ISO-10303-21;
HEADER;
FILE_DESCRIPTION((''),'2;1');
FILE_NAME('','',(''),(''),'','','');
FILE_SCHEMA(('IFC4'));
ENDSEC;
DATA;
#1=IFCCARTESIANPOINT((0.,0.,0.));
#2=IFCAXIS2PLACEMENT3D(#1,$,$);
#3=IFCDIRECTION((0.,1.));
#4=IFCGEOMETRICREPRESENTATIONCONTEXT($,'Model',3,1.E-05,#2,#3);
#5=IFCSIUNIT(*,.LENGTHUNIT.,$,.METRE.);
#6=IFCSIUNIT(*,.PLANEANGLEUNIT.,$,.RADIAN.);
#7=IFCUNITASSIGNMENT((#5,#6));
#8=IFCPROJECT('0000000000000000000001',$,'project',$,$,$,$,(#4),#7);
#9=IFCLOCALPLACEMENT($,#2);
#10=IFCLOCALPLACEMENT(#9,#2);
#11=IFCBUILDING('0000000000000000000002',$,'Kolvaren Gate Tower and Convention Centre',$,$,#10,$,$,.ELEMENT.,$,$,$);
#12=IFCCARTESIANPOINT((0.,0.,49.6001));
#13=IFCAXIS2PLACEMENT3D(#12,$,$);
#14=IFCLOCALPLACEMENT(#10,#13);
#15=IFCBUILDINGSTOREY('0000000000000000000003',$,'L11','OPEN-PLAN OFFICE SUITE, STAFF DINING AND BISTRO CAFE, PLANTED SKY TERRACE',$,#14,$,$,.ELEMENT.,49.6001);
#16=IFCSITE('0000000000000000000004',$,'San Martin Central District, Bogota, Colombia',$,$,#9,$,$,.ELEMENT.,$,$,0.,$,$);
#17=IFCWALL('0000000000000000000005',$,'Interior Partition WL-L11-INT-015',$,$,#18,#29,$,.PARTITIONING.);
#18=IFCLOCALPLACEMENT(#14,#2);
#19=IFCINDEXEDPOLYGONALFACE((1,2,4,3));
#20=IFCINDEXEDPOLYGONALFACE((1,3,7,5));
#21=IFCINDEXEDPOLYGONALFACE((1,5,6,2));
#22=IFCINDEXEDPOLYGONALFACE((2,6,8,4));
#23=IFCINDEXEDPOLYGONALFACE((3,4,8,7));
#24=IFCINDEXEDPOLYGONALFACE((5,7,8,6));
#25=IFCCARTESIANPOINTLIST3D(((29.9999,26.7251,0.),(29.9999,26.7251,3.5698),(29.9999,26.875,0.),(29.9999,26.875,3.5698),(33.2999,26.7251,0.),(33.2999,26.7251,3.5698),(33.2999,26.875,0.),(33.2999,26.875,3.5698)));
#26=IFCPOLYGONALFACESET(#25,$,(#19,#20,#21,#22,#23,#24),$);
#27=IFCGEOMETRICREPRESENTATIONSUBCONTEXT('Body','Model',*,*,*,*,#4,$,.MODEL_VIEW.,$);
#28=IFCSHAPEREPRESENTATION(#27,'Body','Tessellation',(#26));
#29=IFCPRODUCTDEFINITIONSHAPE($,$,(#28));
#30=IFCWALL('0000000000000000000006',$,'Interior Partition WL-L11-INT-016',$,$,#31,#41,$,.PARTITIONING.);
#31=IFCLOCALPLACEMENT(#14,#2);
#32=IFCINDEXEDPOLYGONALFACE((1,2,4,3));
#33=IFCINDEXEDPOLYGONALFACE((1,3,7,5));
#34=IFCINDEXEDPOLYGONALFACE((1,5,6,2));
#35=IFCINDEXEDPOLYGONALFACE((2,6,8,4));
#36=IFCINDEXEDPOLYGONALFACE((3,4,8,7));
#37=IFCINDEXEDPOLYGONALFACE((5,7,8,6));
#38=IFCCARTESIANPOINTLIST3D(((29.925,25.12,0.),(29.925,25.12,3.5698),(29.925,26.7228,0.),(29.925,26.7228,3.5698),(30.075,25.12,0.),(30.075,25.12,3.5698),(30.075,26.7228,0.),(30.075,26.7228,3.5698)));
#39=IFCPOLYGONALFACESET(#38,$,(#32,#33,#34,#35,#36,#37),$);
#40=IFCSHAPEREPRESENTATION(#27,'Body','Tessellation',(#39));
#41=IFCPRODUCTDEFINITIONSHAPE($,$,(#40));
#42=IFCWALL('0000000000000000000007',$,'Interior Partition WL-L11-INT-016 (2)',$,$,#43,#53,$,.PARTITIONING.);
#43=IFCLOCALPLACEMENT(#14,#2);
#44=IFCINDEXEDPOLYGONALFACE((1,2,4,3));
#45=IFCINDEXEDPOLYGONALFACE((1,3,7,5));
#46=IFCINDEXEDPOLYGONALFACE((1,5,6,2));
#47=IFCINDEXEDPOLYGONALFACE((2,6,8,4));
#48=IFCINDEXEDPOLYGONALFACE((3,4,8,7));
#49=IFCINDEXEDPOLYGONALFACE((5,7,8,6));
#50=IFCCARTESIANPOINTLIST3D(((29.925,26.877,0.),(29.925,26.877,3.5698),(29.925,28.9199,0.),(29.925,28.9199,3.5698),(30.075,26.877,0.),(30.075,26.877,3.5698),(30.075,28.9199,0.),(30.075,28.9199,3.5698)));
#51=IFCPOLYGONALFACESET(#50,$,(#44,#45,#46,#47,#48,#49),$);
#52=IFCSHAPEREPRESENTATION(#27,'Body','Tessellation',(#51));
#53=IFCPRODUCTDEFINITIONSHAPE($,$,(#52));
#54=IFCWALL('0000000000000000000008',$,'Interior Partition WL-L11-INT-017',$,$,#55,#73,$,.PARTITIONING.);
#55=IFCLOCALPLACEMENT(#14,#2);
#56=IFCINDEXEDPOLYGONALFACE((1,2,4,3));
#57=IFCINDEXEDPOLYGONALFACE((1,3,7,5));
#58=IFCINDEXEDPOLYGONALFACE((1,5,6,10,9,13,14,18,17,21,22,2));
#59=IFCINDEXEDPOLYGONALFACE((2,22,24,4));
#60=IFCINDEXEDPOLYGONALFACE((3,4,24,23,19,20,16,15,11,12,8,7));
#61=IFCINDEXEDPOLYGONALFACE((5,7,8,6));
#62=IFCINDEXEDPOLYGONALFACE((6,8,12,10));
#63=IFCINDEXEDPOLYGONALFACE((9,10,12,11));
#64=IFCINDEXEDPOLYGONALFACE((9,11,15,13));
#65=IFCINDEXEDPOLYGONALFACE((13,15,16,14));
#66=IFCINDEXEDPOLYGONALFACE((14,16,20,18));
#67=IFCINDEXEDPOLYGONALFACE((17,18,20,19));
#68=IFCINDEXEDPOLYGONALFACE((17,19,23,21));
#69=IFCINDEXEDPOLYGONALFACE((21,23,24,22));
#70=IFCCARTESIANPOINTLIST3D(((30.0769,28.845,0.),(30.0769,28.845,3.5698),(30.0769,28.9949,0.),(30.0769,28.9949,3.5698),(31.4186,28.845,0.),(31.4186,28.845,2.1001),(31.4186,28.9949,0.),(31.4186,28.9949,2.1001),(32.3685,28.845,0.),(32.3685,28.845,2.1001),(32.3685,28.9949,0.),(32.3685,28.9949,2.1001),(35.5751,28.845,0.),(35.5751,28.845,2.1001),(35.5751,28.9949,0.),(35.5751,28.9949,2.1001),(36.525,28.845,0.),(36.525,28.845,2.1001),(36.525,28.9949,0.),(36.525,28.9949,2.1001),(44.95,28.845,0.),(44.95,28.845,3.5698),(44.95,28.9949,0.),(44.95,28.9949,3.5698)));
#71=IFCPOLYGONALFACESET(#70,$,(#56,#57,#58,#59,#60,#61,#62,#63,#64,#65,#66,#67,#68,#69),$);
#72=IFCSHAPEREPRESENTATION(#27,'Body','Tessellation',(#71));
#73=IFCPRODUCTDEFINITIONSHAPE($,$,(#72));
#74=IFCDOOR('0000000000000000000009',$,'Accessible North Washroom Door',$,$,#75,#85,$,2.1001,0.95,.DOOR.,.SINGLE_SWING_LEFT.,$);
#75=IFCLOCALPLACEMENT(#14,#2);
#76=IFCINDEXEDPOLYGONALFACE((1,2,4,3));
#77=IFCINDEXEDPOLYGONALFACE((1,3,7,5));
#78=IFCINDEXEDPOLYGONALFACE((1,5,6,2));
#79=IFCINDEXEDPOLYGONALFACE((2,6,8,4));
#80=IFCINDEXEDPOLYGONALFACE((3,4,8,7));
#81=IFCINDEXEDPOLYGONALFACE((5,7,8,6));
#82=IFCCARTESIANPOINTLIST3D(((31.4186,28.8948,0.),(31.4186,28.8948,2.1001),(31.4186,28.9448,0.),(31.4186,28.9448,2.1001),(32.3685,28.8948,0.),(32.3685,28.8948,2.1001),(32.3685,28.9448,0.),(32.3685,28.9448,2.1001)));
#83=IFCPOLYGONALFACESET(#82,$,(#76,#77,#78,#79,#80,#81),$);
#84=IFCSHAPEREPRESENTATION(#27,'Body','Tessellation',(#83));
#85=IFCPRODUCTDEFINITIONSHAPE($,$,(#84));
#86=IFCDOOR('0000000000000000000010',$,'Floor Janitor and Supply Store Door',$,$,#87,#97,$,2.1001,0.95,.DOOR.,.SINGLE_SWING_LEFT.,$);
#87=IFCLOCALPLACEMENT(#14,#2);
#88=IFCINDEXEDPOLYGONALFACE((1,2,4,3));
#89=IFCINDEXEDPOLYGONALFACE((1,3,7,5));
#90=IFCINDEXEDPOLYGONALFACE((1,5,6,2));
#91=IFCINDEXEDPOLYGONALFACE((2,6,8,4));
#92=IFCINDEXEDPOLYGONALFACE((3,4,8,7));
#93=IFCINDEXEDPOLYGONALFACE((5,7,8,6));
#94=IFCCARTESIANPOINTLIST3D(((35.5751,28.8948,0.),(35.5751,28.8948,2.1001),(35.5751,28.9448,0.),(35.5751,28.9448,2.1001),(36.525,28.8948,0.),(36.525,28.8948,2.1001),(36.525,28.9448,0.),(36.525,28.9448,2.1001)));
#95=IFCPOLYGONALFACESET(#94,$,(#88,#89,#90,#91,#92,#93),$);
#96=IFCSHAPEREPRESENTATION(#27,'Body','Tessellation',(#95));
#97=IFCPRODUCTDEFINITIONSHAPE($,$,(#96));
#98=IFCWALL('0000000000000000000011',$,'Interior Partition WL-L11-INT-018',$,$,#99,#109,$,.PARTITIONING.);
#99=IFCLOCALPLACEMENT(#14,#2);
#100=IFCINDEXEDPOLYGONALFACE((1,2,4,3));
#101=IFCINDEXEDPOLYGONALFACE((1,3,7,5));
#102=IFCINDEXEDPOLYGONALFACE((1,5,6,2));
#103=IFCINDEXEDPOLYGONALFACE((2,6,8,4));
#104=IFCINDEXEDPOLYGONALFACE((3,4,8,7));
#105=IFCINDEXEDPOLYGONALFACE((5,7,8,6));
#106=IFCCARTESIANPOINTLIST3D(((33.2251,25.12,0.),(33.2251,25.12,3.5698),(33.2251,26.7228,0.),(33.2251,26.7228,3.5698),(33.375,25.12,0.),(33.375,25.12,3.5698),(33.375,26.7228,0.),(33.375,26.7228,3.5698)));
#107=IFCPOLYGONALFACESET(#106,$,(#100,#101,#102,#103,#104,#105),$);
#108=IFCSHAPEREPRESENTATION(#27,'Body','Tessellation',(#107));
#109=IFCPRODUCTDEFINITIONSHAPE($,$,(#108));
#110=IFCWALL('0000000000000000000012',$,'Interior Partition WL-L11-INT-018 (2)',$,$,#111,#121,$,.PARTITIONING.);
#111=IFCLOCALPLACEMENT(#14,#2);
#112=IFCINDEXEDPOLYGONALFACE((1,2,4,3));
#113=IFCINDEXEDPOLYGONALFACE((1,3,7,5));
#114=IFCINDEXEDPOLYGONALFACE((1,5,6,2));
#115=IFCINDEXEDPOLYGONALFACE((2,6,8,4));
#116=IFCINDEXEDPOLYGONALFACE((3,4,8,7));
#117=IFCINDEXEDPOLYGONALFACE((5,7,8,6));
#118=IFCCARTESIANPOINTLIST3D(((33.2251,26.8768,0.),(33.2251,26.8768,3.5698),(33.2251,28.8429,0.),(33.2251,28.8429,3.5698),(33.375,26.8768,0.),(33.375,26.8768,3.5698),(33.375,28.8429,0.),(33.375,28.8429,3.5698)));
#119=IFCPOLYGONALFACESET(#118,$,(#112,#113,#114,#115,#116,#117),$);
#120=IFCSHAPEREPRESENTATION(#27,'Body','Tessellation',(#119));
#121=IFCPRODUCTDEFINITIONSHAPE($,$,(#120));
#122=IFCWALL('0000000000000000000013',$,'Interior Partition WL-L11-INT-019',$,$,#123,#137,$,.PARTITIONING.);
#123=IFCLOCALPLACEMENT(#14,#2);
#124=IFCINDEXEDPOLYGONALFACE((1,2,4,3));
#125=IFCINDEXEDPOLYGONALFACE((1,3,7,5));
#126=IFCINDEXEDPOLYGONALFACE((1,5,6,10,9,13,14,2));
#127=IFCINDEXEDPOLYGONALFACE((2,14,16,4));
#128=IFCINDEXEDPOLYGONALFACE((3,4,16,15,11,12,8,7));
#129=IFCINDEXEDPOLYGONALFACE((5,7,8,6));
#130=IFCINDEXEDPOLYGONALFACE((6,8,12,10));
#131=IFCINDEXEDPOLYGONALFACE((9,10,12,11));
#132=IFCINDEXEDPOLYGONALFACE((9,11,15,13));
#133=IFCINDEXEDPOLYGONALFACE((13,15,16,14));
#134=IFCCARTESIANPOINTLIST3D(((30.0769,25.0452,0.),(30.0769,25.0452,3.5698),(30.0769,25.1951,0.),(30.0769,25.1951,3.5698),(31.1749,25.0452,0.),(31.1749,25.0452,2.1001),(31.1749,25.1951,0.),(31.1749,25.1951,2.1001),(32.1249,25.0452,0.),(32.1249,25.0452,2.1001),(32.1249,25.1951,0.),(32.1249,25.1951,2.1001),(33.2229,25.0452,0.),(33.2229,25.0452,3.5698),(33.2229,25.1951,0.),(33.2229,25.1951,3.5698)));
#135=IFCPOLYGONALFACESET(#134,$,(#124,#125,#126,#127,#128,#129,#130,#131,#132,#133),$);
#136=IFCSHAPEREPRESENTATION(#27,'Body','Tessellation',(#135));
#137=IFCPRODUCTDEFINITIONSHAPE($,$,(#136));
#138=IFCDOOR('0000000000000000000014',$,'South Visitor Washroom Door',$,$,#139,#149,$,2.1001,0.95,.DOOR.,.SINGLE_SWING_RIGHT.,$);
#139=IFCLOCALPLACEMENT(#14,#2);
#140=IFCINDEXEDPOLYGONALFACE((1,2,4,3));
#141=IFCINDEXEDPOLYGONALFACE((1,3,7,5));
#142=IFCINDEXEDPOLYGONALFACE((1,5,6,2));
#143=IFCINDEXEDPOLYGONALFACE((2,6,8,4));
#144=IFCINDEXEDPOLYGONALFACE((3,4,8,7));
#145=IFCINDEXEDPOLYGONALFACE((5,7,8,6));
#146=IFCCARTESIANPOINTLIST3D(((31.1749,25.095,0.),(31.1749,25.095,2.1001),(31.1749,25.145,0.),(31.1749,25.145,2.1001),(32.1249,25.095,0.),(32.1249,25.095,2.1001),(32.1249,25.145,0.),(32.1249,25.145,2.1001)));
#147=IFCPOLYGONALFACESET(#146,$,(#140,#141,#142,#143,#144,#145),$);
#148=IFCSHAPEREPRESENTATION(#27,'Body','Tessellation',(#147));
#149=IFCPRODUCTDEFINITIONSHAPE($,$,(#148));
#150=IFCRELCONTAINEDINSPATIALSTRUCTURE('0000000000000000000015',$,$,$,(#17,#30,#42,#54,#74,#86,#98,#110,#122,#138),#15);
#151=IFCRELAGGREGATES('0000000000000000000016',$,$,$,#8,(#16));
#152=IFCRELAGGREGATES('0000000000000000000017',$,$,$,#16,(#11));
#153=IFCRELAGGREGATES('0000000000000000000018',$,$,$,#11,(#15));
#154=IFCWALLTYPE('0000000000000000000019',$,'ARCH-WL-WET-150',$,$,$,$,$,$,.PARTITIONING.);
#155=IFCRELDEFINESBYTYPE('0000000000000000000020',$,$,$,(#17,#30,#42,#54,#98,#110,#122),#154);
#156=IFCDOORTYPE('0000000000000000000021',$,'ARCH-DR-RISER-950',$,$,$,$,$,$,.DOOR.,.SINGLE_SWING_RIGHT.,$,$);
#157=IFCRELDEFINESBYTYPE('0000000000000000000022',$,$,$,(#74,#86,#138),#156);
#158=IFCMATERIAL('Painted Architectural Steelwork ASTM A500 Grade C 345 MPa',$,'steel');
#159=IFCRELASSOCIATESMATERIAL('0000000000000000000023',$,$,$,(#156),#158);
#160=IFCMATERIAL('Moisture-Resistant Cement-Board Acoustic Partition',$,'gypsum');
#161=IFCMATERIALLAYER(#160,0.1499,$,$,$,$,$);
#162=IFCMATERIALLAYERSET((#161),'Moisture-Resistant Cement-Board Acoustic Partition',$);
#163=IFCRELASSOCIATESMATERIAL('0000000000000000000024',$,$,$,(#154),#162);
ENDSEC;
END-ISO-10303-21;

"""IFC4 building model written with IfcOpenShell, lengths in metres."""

from ifc_helpers import new_model, si_unit, direction, frame, frame_2d, origin, place, context, subcontext, project, spatial, rectangle, extrude, material, layer, layer_set, type_object, element, fill, save


model = new_model("IFC4")

# Units and contexts
model_context = context("Model", 3, precision=1e-05, world=origin(), true_north=direction((0.0, 1.0)))
body_context = subcontext(model_context, "Body", "Model", "MODEL_VIEW")
ifc_project = project(units=[si_unit("LENGTHUNIT", "METRE"), si_unit("PLANEANGLEUNIT", "RADIAN")], contexts=[model_context])

# Site, building, storey
site_placement = place(None, origin())
site = spatial("IfcSite", under=ifc_project, at=site_placement, Name="San Martin Central District, Bogota, Colombia", CompositionType="ELEMENT", RefElevation=0.0)
building_placement = place(site_placement, origin())
building = spatial("IfcBuilding", under=site, at=building_placement, Name="Kolvaren Gate Tower and Convention Centre", CompositionType="ELEMENT")
storey_placement = place(building_placement, frame((0.0, 0.0, 49.6001)))
storey = spatial("IfcBuildingStorey", under=building, at=storey_placement, Name="L11", Description="OPEN-PLAN OFFICE SUITE, STAFF DINING AND BISTRO CAFE, PLANTED SKY TERRACE", CompositionType="ELEMENT", Elevation=49.6001)

# Shared definitions
ifc_material_1 = material(Name="Painted Architectural Steelwork ASTM A500 Grade C 345 MPa", Category="steel")
door_type_1 = type_object("IfcDoorType", Name="ARCH-DR-RISER-950", OperationType="SINGLE_SWING_RIGHT", PredefinedType="DOOR", material=ifc_material_1)

# Walls
ifc_material_2 = material(Name="Moisture-Resistant Cement-Board Acoustic Partition", Category="gypsum")
ifc_layer_1 = layer(ifc_material_2, 0.1499)
ifc_layer_set_1 = layer_set([ifc_layer_1], Name="Moisture-Resistant Cement-Board Acoustic Partition")
wall_type_1 = type_object("IfcWallType", Name="ARCH-WL-WET-150", PredefinedType="PARTITIONING", material=ifc_layer_set_1)
wall_1_placement = place(storey_placement, frame((30.0, 26.8, 0.0), z_axis=(0.0, 0.0, 1.0), x_axis=(1.0, 0.0, 0.0)))
element("IfcWall", 1, at=wall_1_placement, inside=storey, type_object=wall_type_1, Name="Interior Partition WL-L11-INT-015", PredefinedType="PARTITIONING", context=body_context, shape_type="SweptSolid", body=[
    extrude(rectangle(XDim=3.3, YDim=0.1499, at=frame_2d((1.6499, 0.0))), origin(), (0.0, 0.0, 1.0), 3.5698),
])
wall_2_placement = place(storey_placement, frame((30.0, 25.1201, 0.0), z_axis=(0.0, 0.0, 1.0), x_axis=(0.0, 1.0, 0.0)))
element("IfcWall", 2, at=wall_2_placement, inside=storey, type_object=wall_type_1, Name="Interior Partition WL-L11-INT-016", PredefinedType="PARTITIONING", context=body_context, shape_type="SweptSolid", body=[
    extrude(rectangle(XDim=1.6028, YDim=0.1499, at=frame_2d((0.8013, 0.0))), origin(), (0.0, 0.0, 1.0), 3.5698),
])
wall_3_placement = place(storey_placement, frame((30.0, 26.877, 0.0), z_axis=(0.0, 0.0, 1.0), x_axis=(0.0, 1.0, 0.0)))
element("IfcWall", 3, at=wall_3_placement, inside=storey, type_object=wall_type_1, Name="Interior Partition WL-L11-INT-016 (2)", PredefinedType="PARTITIONING", context=body_context, shape_type="SweptSolid", body=[
    extrude(rectangle(XDim=2.043, YDim=0.1499, at=frame_2d((1.0215, 0.0))), origin(), (0.0, 0.0, 1.0), 3.5698),
])

# Wall, openings, doors
wall_4_placement = place(storey_placement, frame((30.0769, 28.9199, 0.0), z_axis=(0.0, 0.0, 1.0), x_axis=(1.0, 0.0, 0.0)))
wall_4 = element("IfcWall", 4, at=wall_4_placement, inside=storey, type_object=wall_type_1, Name="Interior Partition WL-L11-INT-017", PredefinedType="PARTITIONING", context=body_context, shape_type="SweptSolid", body=[
    extrude(rectangle(XDim=14.873, YDim=0.1499, at=frame_2d((7.4365, 0.0))), origin(), (0.0, 0.0, 1.0), 3.5698),
])
opening_1_placement = place(wall_4_placement, frame((1.3416, 0.0, 0.0)))
opening_1 = element("IfcOpeningElement", 5, at=opening_1_placement, cuts=wall_4, PredefinedType="OPENING", context=body_context, shape_type="SweptSolid", body=[
    extrude(rectangle(XDim=0.95, YDim=2.1001, at=frame_2d((0.4751, 1.05))), frame((0.0, 0.085, 0.0), z_axis=(0.0, -1.0, 0.0), x_axis=(1.0, 0.0, 0.0)), (0.0, 0.0, 1.0), 0.1699),
])
opening_2_placement = place(wall_4_placement, frame((5.498, 0.0, 0.0)))
opening_2 = element("IfcOpeningElement", 6, at=opening_2_placement, cuts=wall_4, PredefinedType="OPENING", context=body_context, shape_type="SweptSolid", body=[
    extrude(rectangle(XDim=0.95, YDim=2.1001, at=frame_2d((0.4751, 1.05))), frame((0.0, 0.085, 0.0), z_axis=(0.0, -1.0, 0.0), x_axis=(1.0, 0.0, 0.0)), (0.0, 0.0, 1.0), 0.1699),
])
door_1_placement = place(opening_1_placement, origin())
door_1 = element("IfcDoor", 7, at=door_1_placement, inside=storey, type_object=door_type_1, Name="Accessible North Washroom Door", OperationType="SINGLE_SWING_LEFT", OverallHeight=2.1001, OverallWidth=0.95, PredefinedType="DOOR", context=body_context, shape_type="SweptSolid", body=[
    extrude(rectangle(XDim=0.95, YDim=2.1001, at=frame_2d((0.4751, 1.05))), frame((0.0, 0.0249, 0.0), z_axis=(0.0, -1.0, 0.0), x_axis=(1.0, 0.0, 0.0)), (0.0, 0.0, 1.0), 0.05),
])
fill(opening_1, door_1)
door_2_placement = place(opening_2_placement, origin())
door_2 = element("IfcDoor", 8, at=door_2_placement, inside=storey, type_object=door_type_1, Name="Floor Janitor and Supply Store Door", OperationType="SINGLE_SWING_LEFT", OverallHeight=2.1001, OverallWidth=0.95, PredefinedType="DOOR", context=body_context, shape_type="SweptSolid", body=[
    extrude(rectangle(XDim=0.95, YDim=2.1001, at=frame_2d((0.4751, 1.05))), frame((0.0, 0.0249, 0.0), z_axis=(0.0, -1.0, 0.0), x_axis=(1.0, 0.0, 0.0)), (0.0, 0.0, 1.0), 0.05),
])
fill(opening_2, door_2)

# Walls
wall_5_placement = place(storey_placement, frame((33.3, 25.1201, 0.0), z_axis=(0.0, 0.0, 1.0), x_axis=(0.0, 1.0, 0.0)))
element("IfcWall", 9, at=wall_5_placement, inside=storey, type_object=wall_type_1, Name="Interior Partition WL-L11-INT-018", PredefinedType="PARTITIONING", context=body_context, shape_type="SweptSolid", body=[
    extrude(rectangle(XDim=1.6028, YDim=0.1499, at=frame_2d((0.8013, 0.0))), origin(), (0.0, 0.0, 1.0), 3.5698),
])
wall_6_placement = place(storey_placement, frame((33.3, 26.877, 0.0), z_axis=(0.0, 0.0, 1.0), x_axis=(0.0, 1.0, 0.0)))
element("IfcWall", 10, at=wall_6_placement, inside=storey, type_object=wall_type_1, Name="Interior Partition WL-L11-INT-018 (2)", PredefinedType="PARTITIONING", context=body_context, shape_type="SweptSolid", body=[
    extrude(rectangle(XDim=1.9661, YDim=0.1499, at=frame_2d((0.9829, 0.0))), origin(), (0.0, 0.0, 1.0), 3.5698),
])

# Wall, opening, door
wall_7_placement = place(storey_placement, frame((30.0769, 25.1201, 0.0), z_axis=(0.0, 0.0, 1.0), x_axis=(1.0, 0.0, 0.0)))
wall_7 = element("IfcWall", 11, at=wall_7_placement, inside=storey, type_object=wall_type_1, Name="Interior Partition WL-L11-INT-019", PredefinedType="PARTITIONING", context=body_context, shape_type="SweptSolid", body=[
    extrude(rectangle(XDim=3.146, YDim=0.1499, at=frame_2d((1.573, 0.0))), origin(), (0.0, 0.0, 1.0), 3.5698),
])
opening_3_placement = place(wall_7_placement, frame((1.0979, 0.0, 0.0)))
opening_3 = element("IfcOpeningElement", 12, at=opening_3_placement, cuts=wall_7, PredefinedType="OPENING", context=body_context, shape_type="SweptSolid", body=[
    extrude(rectangle(XDim=0.95, YDim=2.1001, at=frame_2d((0.4751, 1.05))), frame((0.0, 0.085, 0.0), z_axis=(0.0, -1.0, 0.0), x_axis=(1.0, 0.0, 0.0)), (0.0, 0.0, 1.0), 0.1699),
])
door_3_placement = place(opening_3_placement, origin())
door_3 = element("IfcDoor", 13, at=door_3_placement, inside=storey, type_object=door_type_1, Name="South Visitor Washroom Door", OperationType="SINGLE_SWING_RIGHT", OverallHeight=2.1001, OverallWidth=0.95, PredefinedType="DOOR", context=body_context, shape_type="SweptSolid", body=[
    extrude(rectangle(XDim=0.95, YDim=2.1001, at=frame_2d((0.4751, 1.05))), frame((0.0, 0.0249, 0.0), z_axis=(0.0, -1.0, 0.0), x_axis=(1.0, 0.0, 0.0)), (0.0, 0.0, 1.0), 0.05),
])
fill(opening_3, door_3)

save(model, "model.ifc")
